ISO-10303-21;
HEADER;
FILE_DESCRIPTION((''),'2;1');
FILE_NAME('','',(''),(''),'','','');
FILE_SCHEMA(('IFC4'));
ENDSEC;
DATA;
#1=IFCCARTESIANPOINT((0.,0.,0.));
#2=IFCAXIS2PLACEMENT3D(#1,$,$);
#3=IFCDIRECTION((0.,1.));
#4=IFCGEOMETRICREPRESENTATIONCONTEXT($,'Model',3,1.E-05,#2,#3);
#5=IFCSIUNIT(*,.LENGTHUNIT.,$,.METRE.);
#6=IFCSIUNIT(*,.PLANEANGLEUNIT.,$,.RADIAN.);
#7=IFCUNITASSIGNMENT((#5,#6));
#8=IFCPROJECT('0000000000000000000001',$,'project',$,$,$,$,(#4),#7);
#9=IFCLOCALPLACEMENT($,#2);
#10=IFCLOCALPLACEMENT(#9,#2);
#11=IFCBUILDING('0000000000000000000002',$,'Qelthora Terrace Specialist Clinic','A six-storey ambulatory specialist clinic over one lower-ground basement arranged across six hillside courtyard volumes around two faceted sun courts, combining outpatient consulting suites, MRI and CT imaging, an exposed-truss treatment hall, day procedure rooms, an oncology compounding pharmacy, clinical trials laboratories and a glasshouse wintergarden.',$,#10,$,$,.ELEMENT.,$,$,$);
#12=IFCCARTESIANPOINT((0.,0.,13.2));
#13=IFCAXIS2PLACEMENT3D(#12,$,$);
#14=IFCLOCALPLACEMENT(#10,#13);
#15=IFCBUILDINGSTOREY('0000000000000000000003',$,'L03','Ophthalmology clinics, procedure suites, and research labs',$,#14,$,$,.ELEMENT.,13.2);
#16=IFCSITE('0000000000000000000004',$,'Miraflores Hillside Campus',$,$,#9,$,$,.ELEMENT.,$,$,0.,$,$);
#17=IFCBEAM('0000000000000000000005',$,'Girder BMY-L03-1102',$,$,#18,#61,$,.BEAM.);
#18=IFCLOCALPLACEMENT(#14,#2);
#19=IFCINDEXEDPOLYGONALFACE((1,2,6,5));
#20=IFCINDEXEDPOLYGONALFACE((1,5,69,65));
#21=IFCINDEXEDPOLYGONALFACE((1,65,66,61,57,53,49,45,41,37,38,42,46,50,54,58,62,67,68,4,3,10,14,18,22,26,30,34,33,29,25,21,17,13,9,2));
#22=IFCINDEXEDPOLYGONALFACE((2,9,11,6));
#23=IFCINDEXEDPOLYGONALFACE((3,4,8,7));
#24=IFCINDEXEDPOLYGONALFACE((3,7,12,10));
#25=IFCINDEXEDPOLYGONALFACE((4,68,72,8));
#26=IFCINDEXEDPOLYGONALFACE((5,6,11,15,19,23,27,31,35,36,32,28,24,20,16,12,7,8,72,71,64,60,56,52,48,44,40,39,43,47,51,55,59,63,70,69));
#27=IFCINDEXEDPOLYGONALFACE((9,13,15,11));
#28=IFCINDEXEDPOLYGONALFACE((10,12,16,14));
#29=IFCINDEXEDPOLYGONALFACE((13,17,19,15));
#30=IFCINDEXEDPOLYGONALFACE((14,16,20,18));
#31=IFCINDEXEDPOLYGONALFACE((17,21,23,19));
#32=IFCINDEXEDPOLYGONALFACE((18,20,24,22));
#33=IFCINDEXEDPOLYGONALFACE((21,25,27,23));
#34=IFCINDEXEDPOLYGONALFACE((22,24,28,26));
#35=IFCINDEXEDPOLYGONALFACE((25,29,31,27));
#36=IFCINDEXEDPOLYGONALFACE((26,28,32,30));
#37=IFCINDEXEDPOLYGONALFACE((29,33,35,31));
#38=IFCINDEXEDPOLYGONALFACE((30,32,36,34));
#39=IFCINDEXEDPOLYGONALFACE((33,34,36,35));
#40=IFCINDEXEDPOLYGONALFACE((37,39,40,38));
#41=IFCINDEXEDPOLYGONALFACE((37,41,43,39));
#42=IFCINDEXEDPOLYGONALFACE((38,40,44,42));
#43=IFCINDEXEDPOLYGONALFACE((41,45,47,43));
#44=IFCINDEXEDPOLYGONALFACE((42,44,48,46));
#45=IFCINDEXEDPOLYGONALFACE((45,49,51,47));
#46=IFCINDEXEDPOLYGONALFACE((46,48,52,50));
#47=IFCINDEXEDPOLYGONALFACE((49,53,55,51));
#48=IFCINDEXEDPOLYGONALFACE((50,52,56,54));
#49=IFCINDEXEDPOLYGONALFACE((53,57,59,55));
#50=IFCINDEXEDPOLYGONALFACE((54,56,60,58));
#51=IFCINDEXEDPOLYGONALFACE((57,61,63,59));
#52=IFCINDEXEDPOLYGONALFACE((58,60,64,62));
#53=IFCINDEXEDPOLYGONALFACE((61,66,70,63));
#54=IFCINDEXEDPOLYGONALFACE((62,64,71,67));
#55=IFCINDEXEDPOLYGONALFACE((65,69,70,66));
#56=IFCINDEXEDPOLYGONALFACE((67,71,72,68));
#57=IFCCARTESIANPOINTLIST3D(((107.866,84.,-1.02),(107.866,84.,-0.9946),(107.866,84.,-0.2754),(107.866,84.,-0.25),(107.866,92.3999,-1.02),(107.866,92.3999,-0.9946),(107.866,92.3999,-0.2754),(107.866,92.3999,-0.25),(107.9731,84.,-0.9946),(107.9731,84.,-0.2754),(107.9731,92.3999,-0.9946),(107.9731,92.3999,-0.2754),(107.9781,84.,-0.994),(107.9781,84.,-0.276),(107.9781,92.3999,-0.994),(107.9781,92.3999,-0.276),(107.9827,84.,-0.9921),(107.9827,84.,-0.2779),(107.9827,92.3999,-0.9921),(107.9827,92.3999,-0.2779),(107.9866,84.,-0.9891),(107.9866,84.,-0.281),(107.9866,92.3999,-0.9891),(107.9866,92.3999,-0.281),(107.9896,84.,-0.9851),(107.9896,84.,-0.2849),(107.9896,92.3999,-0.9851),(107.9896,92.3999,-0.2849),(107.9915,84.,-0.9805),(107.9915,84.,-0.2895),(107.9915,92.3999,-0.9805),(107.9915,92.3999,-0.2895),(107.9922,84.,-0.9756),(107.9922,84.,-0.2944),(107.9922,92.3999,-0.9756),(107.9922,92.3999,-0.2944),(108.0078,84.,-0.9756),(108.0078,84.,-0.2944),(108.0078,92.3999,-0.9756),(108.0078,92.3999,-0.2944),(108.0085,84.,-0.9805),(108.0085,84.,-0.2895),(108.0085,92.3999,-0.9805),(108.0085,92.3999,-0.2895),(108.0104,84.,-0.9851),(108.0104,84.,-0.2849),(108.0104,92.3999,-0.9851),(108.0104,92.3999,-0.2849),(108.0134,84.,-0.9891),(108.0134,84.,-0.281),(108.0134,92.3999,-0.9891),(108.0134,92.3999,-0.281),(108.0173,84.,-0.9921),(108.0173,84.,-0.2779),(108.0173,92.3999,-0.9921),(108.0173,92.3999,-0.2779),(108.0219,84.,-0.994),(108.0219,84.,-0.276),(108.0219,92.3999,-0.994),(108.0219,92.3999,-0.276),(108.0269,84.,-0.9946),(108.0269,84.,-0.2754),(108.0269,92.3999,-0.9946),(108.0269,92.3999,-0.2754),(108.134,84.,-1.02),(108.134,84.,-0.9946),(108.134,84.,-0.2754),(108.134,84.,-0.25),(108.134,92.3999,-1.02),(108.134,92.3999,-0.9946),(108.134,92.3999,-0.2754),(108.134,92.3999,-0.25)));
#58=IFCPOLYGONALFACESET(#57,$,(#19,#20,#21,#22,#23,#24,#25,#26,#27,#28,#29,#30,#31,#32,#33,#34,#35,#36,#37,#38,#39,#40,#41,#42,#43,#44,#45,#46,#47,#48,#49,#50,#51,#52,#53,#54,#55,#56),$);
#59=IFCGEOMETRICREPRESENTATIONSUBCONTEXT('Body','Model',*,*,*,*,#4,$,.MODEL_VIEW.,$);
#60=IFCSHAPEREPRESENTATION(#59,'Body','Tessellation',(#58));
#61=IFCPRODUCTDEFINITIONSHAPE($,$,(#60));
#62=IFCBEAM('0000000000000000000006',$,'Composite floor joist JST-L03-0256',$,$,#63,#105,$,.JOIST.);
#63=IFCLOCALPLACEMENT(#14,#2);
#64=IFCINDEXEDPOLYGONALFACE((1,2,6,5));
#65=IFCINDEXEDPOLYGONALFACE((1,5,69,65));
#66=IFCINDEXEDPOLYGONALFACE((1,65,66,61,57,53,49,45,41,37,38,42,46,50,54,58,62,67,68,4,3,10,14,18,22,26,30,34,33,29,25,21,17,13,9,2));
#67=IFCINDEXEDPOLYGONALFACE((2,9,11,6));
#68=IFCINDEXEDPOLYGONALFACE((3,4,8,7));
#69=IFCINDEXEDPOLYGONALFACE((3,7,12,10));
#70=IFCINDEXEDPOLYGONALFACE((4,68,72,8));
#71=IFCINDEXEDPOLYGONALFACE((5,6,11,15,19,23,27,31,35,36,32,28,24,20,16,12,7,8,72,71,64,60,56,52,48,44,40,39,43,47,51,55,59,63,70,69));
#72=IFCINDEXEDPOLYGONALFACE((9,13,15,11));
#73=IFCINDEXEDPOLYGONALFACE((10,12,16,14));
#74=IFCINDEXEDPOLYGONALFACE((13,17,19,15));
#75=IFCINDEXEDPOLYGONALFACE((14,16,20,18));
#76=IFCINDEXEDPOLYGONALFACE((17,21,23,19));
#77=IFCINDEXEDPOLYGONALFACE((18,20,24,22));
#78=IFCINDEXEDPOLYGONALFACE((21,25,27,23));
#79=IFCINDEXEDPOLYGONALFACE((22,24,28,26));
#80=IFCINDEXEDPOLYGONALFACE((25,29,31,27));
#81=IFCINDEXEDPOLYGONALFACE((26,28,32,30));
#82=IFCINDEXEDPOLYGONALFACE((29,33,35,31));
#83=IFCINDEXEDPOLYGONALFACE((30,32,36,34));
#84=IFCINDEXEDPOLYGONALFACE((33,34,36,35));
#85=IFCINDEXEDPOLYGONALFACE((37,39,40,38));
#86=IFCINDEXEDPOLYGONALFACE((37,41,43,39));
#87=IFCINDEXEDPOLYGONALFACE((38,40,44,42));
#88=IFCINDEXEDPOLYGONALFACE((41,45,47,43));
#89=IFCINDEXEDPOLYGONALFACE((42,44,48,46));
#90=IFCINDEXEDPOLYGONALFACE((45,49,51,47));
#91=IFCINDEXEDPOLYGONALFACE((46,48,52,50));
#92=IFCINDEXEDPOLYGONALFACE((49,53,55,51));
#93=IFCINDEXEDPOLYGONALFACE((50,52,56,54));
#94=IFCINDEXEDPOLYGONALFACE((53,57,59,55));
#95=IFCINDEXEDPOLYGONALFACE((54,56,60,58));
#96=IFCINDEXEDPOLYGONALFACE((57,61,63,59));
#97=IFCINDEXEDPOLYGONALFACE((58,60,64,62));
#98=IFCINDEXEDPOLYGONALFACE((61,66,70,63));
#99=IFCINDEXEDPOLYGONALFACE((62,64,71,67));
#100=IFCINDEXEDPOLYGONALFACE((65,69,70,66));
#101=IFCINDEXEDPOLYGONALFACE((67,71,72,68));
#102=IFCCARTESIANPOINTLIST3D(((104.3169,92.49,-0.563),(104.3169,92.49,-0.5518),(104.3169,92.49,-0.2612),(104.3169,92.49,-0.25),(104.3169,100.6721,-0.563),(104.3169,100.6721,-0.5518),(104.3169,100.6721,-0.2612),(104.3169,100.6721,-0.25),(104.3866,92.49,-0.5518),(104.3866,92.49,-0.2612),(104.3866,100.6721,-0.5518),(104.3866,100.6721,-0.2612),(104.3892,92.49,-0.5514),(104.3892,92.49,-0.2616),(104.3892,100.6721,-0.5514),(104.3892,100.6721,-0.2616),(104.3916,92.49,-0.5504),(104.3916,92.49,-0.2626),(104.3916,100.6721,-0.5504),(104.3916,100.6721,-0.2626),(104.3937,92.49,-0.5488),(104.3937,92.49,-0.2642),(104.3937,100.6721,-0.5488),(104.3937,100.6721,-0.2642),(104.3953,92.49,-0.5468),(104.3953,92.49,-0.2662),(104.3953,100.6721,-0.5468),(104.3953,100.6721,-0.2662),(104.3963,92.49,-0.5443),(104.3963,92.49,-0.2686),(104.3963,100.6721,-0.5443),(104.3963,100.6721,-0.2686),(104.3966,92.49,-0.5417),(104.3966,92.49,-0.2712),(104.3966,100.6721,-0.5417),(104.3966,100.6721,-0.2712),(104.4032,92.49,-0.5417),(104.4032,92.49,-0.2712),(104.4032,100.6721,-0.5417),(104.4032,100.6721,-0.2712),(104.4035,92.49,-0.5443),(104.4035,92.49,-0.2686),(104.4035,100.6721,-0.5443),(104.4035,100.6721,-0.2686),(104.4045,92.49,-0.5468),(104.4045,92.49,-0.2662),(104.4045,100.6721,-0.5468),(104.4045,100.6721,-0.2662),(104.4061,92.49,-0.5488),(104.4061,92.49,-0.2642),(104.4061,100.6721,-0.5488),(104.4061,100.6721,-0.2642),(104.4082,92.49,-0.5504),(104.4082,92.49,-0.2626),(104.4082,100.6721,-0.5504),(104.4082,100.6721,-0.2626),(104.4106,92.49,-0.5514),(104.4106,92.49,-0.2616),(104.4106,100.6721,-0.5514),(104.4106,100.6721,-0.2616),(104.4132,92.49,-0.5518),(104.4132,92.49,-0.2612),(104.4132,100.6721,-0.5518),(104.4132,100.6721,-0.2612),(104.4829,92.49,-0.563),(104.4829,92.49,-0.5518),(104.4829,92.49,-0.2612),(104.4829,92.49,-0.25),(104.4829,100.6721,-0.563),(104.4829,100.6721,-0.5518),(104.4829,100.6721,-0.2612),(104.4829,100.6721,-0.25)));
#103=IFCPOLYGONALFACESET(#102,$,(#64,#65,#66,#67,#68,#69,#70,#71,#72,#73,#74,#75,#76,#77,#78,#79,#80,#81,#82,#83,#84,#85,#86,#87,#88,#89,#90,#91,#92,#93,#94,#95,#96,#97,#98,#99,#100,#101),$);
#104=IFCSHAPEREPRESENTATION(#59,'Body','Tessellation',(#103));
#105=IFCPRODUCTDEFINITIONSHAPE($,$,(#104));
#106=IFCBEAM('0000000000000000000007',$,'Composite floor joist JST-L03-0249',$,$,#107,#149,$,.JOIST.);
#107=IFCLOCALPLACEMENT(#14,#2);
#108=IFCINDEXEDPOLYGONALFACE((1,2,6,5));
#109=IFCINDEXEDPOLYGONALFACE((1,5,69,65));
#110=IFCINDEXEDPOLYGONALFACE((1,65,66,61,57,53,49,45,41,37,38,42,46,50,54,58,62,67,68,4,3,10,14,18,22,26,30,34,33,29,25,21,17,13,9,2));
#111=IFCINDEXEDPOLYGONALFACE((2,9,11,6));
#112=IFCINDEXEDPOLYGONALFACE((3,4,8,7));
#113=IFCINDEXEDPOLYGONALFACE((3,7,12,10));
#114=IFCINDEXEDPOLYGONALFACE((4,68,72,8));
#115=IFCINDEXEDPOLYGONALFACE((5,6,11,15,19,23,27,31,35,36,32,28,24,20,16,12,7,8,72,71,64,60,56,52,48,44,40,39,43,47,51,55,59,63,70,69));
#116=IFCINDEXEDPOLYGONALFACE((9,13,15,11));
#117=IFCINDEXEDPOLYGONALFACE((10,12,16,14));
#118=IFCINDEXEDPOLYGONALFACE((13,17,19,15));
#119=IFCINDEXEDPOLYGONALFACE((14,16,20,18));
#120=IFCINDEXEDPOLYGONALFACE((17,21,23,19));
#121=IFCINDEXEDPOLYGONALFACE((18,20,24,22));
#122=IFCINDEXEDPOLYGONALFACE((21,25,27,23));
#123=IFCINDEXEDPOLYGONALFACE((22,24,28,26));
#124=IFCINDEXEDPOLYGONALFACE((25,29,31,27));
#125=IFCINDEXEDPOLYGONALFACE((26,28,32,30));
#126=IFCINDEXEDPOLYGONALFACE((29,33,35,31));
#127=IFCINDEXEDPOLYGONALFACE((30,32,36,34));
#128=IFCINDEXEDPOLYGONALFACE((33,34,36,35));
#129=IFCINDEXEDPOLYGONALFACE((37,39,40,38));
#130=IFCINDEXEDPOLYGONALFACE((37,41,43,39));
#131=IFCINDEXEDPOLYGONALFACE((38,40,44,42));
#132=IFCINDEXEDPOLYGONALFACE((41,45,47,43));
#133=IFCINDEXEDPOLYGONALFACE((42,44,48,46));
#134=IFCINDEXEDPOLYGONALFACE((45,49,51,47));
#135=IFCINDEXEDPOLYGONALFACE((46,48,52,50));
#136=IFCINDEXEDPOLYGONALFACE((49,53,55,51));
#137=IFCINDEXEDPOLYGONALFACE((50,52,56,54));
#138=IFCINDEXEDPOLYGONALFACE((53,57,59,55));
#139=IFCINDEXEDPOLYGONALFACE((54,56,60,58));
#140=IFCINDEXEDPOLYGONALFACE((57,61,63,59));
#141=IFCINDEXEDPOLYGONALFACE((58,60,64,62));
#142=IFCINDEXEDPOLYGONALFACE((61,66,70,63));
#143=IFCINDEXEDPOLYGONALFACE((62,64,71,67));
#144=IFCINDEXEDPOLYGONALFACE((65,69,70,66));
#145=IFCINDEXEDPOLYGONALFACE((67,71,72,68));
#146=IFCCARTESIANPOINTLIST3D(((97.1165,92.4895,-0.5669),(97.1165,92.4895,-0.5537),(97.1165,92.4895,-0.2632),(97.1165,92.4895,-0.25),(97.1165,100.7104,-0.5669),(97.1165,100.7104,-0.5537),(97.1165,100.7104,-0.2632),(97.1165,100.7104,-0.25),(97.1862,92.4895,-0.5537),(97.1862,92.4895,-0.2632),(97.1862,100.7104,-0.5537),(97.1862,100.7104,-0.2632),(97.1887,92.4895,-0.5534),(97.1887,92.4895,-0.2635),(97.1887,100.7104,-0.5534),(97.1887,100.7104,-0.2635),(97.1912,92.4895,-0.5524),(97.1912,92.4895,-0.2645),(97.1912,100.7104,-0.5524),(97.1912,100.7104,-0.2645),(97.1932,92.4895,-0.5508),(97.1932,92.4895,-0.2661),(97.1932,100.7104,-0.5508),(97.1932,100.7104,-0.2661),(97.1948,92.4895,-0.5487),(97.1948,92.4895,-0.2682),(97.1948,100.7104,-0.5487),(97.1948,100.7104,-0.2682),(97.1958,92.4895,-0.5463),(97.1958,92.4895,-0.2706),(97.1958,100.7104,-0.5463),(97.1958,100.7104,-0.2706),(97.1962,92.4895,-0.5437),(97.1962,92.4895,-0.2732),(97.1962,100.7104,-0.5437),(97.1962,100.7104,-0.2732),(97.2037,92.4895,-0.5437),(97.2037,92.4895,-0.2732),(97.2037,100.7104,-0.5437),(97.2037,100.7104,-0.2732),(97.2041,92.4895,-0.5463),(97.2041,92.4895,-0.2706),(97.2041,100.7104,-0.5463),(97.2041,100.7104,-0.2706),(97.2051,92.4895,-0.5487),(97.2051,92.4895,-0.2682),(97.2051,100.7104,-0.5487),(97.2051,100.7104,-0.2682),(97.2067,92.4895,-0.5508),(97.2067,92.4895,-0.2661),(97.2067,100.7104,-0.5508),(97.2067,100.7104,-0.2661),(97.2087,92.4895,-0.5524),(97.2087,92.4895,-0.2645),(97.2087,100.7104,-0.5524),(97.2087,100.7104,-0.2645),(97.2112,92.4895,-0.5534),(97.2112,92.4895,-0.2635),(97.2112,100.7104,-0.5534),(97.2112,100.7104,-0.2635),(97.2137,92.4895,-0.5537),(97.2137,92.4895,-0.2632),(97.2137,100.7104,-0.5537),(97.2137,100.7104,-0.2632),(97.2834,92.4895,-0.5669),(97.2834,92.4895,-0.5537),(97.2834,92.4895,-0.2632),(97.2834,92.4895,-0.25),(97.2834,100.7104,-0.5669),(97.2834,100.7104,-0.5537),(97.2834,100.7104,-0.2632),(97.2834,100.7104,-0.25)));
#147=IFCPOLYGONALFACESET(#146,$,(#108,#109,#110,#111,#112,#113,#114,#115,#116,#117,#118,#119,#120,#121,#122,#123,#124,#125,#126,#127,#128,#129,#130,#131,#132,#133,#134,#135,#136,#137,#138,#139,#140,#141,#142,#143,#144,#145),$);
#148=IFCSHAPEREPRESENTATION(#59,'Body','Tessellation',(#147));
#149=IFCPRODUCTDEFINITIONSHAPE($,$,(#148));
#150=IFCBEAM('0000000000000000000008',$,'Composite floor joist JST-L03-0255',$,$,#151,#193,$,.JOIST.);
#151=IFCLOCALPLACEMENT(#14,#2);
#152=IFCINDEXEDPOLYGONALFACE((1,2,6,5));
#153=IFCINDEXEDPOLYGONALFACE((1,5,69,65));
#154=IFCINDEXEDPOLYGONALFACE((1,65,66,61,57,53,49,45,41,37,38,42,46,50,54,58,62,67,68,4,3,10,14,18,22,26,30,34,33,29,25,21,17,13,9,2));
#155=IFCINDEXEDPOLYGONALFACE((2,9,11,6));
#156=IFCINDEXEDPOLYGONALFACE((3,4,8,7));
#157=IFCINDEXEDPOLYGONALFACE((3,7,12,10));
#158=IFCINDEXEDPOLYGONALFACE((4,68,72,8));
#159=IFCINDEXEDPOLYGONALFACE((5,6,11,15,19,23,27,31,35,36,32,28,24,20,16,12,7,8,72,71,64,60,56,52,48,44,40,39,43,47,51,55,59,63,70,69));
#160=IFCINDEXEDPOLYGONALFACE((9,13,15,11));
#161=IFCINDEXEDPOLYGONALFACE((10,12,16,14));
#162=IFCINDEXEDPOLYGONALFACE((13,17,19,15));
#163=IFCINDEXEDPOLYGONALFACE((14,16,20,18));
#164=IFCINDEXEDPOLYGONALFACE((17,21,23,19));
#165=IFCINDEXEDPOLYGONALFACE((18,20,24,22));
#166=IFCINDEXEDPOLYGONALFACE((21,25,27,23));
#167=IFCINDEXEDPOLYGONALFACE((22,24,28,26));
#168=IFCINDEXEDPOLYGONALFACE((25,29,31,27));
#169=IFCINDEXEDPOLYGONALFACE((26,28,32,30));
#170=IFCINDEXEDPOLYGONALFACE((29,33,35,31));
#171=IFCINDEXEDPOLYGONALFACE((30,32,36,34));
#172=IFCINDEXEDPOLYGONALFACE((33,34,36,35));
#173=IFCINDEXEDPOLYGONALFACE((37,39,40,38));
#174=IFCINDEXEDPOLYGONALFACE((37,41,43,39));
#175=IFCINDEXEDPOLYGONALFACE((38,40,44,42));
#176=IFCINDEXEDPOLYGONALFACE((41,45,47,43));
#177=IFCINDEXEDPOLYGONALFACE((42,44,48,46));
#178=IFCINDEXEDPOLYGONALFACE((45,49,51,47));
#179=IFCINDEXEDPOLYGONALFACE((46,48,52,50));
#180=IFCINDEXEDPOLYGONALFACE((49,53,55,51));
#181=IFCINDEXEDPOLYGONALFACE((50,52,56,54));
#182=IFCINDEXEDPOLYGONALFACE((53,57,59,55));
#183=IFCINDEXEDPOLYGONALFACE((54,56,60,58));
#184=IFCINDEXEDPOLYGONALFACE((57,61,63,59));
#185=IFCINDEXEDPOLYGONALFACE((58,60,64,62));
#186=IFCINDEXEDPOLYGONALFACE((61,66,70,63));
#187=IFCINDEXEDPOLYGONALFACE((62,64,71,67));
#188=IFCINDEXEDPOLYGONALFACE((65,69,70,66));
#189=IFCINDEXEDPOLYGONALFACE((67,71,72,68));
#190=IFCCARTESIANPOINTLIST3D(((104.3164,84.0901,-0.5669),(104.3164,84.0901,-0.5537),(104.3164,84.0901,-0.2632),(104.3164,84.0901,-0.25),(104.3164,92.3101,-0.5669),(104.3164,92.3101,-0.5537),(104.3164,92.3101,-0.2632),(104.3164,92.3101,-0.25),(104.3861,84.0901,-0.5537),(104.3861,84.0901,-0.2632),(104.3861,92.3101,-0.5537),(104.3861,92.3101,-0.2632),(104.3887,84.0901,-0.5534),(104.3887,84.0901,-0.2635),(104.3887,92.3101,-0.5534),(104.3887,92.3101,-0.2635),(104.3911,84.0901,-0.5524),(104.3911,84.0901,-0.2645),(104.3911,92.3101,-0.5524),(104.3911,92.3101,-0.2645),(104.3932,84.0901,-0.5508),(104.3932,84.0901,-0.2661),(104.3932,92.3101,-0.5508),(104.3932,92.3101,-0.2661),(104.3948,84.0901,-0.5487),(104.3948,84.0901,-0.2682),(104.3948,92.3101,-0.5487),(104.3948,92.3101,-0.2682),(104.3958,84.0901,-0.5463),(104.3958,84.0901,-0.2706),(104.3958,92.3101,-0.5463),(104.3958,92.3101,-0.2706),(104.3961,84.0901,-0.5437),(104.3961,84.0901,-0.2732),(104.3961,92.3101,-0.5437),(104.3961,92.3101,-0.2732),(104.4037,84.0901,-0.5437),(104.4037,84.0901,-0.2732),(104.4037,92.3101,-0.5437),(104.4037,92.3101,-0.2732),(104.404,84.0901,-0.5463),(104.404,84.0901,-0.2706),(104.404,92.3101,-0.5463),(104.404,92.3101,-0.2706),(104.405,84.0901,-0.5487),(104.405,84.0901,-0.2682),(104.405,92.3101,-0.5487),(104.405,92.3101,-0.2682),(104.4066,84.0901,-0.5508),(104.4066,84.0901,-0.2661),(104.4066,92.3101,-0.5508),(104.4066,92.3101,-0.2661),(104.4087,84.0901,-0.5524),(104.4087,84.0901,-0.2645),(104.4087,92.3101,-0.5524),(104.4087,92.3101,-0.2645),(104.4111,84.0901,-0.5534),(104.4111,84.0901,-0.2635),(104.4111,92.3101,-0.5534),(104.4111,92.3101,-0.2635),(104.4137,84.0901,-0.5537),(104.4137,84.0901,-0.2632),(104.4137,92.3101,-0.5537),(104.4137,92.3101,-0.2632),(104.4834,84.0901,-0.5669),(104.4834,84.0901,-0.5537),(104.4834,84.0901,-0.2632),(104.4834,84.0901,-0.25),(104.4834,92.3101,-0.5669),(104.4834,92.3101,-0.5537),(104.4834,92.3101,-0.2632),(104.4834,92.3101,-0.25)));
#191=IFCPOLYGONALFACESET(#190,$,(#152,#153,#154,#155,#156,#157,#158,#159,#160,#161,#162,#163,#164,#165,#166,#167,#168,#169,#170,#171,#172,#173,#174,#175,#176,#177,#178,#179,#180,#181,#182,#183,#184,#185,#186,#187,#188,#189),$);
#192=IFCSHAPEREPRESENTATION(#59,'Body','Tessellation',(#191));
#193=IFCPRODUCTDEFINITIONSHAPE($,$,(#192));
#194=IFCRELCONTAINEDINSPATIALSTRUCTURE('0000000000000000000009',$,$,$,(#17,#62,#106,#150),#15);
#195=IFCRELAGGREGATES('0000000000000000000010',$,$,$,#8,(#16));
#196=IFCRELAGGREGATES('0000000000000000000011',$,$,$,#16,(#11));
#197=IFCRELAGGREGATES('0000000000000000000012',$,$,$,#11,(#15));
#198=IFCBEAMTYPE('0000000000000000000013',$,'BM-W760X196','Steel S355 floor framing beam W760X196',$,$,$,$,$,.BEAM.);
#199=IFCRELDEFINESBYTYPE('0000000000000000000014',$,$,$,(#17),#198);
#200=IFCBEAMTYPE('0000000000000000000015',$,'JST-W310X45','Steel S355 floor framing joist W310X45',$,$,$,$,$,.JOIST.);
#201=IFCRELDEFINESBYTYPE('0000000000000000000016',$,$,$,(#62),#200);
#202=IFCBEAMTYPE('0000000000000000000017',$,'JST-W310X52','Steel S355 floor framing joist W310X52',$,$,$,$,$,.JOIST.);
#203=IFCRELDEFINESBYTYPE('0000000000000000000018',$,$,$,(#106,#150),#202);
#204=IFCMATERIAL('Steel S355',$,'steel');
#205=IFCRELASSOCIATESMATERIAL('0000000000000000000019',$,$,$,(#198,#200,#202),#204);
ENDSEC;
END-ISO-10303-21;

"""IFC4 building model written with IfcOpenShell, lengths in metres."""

from ifc_helpers import new_model, si_unit, direction, frame, origin, origin_2d, place, context, subcontext, project, spatial, i_section, extrude, material, material_profile, profile_set, type_object, element, save


model = new_model("IFC4")

# Units and contexts
model_context = context("Model", 3, precision=1e-05, world=origin(), true_north=direction((0.0, 1.0)))
body_context = subcontext(model_context, "Body", "Model", "MODEL_VIEW")
ifc_project = project(units=[si_unit("LENGTHUNIT", "METRE"), si_unit("PLANEANGLEUNIT", "RADIAN")], contexts=[model_context])

# Site, building, storey
site_placement = place(None, origin())
site = spatial("IfcSite", under=ifc_project, at=site_placement, Name="Miraflores Hillside Campus", CompositionType="ELEMENT", RefElevation=0.0)
building_placement = place(site_placement, origin())
building = spatial("IfcBuilding", under=site, at=building_placement, Name="Qelthora Terrace Specialist Clinic", Description="A six-storey ambulatory specialist clinic over one lower-ground basement arranged across six hillside courtyard volumes around two faceted sun courts, combining outpatient consulting suites, MRI and CT imaging, an exposed-truss treatment hall, day procedure rooms, an oncology compounding pharmacy, clinical trials laboratories and a glasshouse wintergarden.", CompositionType="ELEMENT")
storey_placement = place(building_placement, frame((0.0, 0.0, 13.2)))
storey = spatial("IfcBuildingStorey", under=building, at=storey_placement, Name="L03", Description="Ophthalmology clinics, procedure suites, and research labs", CompositionType="ELEMENT", Elevation=13.2)

# Shared definitions
ifc_material_1 = material(Name="Steel S355", Category="steel")

# Beams
ifc_material_profile_1 = material_profile(ifc_material_1, i_section(OverallWidth=0.2681, OverallDepth=0.77, WebThickness=0.0156, FlangeThickness=0.0254, FilletRadius=0.019, at=origin_2d()), Name="W760X196")
ifc_profile_set_1 = profile_set([ifc_material_profile_1], Name="Steel S355")
beam_type_1 = type_object("IfcBeamType", Name="BM-W760X196", Description="Steel S355 floor framing beam W760X196", PredefinedType="BEAM", material=ifc_profile_set_1)
beam_1_placement = place(storey_placement, frame((108.0, 84.0, -0.635), z_axis=(0.0, 1.0, 0.0), x_axis=(-1.0, 0.0, 0.0)))
element("IfcBeam", 1, at=beam_1_placement, inside=storey, type_object=beam_type_1, Name="Girder BMY-L03-1102", PredefinedType="BEAM", context=body_context, shape_type="SweptSolid", body=[
    extrude(i_section(OverallWidth=0.2681, OverallDepth=0.77, WebThickness=0.0156, FlangeThickness=0.0254, FilletRadius=0.019, at=origin_2d()), origin(), (0.0, 0.0, 1.0), 8.3999),
])
ifc_material_profile_2 = material_profile(ifc_material_1, i_section(OverallWidth=0.166, OverallDepth=0.313, WebThickness=0.0066, FlangeThickness=0.0112, FilletRadius=0.01, at=origin_2d()), Name="W310X45")
ifc_profile_set_2 = profile_set([ifc_material_profile_2], Name="Steel S355")
beam_type_2 = type_object("IfcBeamType", Name="JST-W310X45", Description="Steel S355 floor framing joist W310X45", PredefinedType="JOIST", material=ifc_profile_set_2)
beam_2_placement = place(storey_placement, frame((104.3999, 92.49, -0.4065), z_axis=(0.0, 1.0, 0.0), x_axis=(-1.0, 0.0, 0.0)))
element("IfcBeam", 2, at=beam_2_placement, inside=storey, type_object=beam_type_2, Name="Composite floor joist JST-L03-0256", PredefinedType="JOIST", context=body_context, shape_type="SweptSolid", body=[
    extrude(i_section(OverallWidth=0.166, OverallDepth=0.313, WebThickness=0.0066, FlangeThickness=0.0112, FilletRadius=0.01, at=origin_2d()), origin(), (0.0, 0.0, 1.0), 8.1821),
])
ifc_material_profile_3 = material_profile(ifc_material_1, i_section(OverallWidth=0.167, OverallDepth=0.3169, WebThickness=0.0076, FlangeThickness=0.0132, FilletRadius=0.01, at=origin_2d()), Name="W310X52")
ifc_profile_set_3 = profile_set([ifc_material_profile_3], Name="Steel S355")
beam_type_3 = type_object("IfcBeamType", Name="JST-W310X52", Description="Steel S355 floor framing joist W310X52", PredefinedType="JOIST", material=ifc_profile_set_3)
beam_3_placement = place(storey_placement, frame((97.2, 92.4895, -0.4084), z_axis=(0.0, 1.0, 0.0), x_axis=(-1.0, 0.0, 0.0)))
element("IfcBeam", 3, at=beam_3_placement, inside=storey, type_object=beam_type_3, Name="Composite floor joist JST-L03-0249", PredefinedType="JOIST", context=body_context, shape_type="SweptSolid", body=[
    extrude(i_section(OverallWidth=0.167, OverallDepth=0.3169, WebThickness=0.0076, FlangeThickness=0.0132, FilletRadius=0.01, at=origin_2d()), origin(), (0.0, 0.0, 1.0), 8.2209),
])
beam_4_placement = place(storey_placement, frame((104.3999, 84.0901, -0.4084), z_axis=(0.0, 1.0, 0.0), x_axis=(-1.0, 0.0, 0.0)))
element("IfcBeam", 4, at=beam_4_placement, inside=storey, type_object=beam_type_3, Name="Composite floor joist JST-L03-0255", PredefinedType="JOIST", context=body_context, shape_type="SweptSolid", body=[
    extrude(i_section(OverallWidth=0.167, OverallDepth=0.3169, WebThickness=0.0076, FlangeThickness=0.0132, FilletRadius=0.01, at=origin_2d()), origin(), (0.0, 0.0, 1.0), 8.22),
])

save(model, "model.ifc")
